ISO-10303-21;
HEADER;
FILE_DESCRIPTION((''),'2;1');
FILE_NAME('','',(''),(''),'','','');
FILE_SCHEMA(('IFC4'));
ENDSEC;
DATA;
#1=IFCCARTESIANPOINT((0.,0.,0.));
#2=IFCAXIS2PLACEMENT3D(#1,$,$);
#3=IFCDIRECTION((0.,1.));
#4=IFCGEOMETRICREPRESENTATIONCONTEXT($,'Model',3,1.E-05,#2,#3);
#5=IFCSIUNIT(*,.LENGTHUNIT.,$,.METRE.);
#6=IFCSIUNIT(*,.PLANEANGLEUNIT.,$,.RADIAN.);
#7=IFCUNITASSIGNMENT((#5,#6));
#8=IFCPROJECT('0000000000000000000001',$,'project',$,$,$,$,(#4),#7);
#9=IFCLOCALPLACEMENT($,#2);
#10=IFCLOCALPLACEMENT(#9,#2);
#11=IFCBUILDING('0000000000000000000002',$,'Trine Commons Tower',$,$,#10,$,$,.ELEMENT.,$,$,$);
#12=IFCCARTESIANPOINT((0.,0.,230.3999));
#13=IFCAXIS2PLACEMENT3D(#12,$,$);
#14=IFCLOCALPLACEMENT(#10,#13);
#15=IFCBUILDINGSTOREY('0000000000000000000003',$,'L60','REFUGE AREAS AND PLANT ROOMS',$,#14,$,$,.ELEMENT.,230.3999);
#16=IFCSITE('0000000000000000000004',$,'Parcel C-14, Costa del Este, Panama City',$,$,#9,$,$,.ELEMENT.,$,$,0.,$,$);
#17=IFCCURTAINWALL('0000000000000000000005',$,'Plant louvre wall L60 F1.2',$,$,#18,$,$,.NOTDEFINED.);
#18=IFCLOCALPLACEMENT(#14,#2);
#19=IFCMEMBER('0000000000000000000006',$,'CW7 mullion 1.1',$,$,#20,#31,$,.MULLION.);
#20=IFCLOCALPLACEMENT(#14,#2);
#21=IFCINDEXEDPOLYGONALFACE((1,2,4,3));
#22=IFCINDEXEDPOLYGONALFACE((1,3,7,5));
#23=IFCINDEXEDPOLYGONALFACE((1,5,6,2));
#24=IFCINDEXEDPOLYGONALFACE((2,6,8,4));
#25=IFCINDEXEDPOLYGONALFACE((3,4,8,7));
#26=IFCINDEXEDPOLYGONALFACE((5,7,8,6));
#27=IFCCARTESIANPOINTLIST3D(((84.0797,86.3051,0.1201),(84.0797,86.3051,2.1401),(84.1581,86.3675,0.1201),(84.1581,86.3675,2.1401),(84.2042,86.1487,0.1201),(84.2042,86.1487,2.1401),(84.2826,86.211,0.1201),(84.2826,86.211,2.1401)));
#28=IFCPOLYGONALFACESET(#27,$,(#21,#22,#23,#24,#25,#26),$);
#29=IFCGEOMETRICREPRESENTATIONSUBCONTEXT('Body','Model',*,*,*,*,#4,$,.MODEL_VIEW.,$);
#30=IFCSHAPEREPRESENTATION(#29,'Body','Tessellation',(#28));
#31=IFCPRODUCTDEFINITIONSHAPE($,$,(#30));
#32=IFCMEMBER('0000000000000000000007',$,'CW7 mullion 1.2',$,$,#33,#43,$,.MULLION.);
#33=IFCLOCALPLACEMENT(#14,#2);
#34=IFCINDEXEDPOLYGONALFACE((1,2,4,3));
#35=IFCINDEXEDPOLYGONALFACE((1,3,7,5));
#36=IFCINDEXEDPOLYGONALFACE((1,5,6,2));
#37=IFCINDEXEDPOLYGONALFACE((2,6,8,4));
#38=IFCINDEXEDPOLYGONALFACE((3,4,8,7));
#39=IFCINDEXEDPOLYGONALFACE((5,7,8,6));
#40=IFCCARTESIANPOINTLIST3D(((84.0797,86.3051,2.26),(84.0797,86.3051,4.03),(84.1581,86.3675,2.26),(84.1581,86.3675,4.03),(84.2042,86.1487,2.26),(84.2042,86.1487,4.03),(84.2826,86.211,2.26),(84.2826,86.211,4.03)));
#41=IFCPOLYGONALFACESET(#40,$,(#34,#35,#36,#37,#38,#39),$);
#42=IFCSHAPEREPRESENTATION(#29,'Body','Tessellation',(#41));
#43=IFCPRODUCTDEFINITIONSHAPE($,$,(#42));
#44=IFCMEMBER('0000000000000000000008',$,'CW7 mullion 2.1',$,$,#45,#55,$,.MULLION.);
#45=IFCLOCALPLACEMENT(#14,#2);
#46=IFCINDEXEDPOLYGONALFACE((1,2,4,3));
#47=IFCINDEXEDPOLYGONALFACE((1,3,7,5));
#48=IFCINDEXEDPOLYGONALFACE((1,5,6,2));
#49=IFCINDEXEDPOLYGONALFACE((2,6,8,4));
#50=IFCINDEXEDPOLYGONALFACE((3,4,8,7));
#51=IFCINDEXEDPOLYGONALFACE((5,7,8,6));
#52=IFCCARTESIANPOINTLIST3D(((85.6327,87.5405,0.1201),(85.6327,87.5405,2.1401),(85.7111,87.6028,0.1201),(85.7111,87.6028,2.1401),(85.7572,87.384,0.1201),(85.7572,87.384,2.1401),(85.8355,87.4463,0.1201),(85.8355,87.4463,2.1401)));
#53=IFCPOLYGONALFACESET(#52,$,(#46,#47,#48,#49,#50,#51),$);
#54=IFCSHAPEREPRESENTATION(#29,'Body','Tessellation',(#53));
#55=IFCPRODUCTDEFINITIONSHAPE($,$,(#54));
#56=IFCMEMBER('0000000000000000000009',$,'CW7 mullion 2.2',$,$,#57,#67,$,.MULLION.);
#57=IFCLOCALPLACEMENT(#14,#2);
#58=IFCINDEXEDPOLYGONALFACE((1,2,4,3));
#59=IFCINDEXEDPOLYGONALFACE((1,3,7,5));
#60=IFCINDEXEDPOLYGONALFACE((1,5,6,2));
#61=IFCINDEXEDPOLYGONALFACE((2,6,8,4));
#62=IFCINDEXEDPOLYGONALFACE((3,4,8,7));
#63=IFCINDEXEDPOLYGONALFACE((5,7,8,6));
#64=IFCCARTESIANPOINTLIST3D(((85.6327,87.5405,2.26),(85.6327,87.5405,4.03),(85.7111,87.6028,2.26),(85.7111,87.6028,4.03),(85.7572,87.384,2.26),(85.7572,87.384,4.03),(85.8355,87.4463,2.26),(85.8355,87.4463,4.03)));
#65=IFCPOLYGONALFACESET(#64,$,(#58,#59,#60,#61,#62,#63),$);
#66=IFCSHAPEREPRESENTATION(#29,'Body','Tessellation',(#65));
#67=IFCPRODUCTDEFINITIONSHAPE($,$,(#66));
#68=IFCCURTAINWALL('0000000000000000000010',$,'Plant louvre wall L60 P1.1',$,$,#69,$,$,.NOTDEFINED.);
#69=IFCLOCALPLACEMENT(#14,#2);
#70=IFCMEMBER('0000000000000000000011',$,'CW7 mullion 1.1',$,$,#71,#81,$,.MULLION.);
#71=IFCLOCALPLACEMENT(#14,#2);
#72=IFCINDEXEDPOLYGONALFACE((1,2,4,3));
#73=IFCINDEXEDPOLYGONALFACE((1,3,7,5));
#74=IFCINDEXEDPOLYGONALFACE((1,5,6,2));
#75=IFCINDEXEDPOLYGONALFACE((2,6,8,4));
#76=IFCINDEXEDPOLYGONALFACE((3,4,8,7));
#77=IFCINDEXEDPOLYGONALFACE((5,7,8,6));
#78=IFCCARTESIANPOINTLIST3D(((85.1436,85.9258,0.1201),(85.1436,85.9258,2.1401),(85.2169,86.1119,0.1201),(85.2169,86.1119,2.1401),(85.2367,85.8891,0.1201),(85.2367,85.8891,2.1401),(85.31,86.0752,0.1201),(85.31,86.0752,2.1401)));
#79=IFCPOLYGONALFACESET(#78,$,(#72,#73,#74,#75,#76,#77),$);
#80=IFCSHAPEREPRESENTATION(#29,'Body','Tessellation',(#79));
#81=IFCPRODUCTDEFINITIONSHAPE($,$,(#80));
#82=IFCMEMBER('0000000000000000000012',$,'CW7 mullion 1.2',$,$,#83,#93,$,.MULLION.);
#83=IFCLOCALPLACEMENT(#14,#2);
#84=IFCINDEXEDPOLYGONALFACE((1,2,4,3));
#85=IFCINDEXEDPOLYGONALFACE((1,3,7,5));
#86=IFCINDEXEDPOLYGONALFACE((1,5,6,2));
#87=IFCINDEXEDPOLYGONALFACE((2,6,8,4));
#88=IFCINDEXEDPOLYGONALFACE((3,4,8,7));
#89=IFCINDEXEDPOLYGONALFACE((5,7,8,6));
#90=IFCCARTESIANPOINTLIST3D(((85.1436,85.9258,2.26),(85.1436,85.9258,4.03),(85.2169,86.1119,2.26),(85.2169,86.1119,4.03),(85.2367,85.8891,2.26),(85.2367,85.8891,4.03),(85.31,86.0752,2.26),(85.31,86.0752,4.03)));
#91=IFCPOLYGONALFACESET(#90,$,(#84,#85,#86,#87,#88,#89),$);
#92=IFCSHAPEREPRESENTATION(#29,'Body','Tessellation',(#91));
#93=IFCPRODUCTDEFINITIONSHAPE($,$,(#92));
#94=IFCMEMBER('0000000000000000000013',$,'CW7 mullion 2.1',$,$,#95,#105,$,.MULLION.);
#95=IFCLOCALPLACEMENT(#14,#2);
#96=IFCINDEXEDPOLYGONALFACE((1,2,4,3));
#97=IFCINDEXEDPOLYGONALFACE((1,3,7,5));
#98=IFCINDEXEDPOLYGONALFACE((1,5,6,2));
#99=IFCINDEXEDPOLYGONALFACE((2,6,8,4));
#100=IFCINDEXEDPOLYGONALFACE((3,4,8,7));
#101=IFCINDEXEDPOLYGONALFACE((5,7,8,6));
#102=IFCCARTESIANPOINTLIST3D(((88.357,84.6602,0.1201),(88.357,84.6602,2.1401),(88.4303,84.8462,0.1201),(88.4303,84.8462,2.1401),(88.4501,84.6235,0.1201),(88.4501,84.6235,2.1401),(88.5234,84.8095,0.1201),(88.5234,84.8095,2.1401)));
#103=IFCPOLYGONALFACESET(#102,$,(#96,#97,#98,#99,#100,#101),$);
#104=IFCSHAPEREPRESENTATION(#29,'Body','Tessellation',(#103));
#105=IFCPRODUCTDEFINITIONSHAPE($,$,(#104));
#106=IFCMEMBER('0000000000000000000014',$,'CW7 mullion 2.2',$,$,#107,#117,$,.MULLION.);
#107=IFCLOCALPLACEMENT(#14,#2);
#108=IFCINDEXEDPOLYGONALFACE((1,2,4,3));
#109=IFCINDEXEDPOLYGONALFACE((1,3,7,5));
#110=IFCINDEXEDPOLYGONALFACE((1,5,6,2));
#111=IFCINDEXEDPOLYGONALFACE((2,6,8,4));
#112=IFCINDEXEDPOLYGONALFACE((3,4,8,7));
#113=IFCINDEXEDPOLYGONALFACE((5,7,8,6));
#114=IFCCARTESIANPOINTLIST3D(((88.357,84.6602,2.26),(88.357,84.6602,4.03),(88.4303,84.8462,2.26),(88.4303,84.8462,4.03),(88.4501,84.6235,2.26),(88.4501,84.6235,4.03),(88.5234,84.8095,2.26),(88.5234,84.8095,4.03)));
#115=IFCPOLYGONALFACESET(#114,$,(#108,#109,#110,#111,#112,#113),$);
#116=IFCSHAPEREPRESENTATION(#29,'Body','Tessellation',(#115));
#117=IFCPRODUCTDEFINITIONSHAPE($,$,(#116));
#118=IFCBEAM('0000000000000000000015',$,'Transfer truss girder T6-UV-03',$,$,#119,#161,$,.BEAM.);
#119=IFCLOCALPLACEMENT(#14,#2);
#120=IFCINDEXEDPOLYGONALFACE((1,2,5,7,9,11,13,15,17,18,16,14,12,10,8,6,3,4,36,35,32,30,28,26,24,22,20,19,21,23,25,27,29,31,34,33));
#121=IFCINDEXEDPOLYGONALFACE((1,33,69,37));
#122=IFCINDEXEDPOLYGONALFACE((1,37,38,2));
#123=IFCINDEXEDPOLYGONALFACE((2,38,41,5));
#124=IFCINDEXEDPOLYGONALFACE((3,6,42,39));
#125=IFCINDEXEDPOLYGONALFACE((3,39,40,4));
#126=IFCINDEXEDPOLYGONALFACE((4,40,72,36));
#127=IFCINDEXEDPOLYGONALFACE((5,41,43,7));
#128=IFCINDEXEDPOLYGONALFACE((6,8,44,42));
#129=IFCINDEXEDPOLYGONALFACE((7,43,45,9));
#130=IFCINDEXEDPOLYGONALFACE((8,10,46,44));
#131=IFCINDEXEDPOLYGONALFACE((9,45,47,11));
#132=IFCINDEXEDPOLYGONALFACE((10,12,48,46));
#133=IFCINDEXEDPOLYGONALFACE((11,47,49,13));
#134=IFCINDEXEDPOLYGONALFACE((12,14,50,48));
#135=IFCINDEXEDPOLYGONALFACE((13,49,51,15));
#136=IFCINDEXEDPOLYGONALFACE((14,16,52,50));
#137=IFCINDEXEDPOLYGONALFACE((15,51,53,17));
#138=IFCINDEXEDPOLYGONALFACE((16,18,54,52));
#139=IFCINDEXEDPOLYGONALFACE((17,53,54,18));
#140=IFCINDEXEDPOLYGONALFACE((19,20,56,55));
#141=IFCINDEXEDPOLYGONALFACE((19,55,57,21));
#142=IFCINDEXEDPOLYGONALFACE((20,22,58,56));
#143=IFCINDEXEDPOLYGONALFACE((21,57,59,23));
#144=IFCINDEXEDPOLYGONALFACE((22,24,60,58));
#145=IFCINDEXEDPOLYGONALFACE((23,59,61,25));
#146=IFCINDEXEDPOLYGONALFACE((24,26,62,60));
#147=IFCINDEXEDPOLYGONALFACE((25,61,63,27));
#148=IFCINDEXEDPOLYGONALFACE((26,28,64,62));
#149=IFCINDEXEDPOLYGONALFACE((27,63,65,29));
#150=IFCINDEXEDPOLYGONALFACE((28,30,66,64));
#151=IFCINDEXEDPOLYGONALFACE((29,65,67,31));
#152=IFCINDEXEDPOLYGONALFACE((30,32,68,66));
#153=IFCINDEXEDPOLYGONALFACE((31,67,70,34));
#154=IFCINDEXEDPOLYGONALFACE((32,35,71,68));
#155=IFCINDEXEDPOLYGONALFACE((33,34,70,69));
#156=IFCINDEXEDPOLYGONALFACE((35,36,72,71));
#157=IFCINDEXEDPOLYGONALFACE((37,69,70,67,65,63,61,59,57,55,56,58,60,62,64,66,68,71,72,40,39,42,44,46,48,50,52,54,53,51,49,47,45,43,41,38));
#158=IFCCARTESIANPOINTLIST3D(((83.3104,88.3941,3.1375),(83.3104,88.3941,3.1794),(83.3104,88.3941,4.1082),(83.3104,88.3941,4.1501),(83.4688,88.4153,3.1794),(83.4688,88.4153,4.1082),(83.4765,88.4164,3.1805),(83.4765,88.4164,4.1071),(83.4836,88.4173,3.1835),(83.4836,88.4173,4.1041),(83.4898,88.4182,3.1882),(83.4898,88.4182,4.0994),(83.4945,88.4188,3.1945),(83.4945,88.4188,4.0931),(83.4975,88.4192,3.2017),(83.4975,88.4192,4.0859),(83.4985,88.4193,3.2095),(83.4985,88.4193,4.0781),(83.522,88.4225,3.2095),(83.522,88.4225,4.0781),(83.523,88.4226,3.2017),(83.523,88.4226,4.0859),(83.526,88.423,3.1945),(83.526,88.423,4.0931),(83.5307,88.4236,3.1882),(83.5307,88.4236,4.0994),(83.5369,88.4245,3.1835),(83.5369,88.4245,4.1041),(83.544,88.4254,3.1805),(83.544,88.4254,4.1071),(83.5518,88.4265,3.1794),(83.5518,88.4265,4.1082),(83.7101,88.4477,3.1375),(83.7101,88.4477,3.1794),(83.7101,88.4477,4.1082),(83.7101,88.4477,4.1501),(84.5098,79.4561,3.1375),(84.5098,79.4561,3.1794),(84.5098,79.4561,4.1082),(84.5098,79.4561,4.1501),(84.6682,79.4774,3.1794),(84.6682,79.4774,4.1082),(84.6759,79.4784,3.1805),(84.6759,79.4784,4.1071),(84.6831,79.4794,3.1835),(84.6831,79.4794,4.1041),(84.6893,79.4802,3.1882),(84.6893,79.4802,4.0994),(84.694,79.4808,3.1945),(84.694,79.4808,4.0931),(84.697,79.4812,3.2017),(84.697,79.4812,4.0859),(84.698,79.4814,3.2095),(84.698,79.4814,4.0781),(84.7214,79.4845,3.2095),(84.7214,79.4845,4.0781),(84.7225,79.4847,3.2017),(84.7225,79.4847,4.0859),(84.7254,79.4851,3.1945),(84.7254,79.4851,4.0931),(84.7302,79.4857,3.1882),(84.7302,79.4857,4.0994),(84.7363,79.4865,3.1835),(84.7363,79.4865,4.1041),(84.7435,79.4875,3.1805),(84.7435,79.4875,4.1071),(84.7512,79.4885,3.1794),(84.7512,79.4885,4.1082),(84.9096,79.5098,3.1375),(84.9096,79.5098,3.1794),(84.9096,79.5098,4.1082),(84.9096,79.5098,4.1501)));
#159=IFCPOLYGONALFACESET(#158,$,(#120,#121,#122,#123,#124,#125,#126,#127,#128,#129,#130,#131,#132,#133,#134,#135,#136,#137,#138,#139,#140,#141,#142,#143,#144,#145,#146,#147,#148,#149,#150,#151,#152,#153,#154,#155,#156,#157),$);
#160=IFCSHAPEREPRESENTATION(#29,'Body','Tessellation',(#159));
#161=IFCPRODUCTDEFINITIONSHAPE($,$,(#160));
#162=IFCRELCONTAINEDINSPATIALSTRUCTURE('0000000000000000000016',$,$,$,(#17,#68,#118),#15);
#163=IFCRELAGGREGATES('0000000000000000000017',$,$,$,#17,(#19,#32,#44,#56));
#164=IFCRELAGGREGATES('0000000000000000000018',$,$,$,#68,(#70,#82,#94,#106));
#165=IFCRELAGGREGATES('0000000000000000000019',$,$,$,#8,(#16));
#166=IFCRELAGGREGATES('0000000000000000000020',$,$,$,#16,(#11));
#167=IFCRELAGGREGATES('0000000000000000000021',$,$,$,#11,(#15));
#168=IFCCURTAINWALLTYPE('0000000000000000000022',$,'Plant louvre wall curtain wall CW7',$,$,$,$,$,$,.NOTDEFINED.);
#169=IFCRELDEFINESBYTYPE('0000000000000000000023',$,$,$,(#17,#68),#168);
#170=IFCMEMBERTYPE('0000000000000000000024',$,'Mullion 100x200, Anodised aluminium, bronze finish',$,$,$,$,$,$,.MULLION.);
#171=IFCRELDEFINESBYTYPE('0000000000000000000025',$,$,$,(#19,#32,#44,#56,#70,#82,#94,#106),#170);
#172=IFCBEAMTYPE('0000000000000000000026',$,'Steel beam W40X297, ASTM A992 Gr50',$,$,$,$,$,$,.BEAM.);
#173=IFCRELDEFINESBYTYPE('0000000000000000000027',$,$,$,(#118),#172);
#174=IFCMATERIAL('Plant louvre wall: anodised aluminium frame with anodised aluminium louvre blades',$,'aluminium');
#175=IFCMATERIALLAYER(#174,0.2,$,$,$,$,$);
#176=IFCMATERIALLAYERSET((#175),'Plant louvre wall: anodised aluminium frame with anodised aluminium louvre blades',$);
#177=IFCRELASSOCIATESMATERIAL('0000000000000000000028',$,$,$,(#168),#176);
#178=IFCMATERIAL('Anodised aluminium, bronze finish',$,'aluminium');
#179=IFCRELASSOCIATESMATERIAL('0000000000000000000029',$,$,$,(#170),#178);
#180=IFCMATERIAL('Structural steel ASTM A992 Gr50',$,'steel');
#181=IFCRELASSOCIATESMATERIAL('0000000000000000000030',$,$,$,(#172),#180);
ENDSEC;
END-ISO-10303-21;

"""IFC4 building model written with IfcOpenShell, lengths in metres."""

from ifc_helpers import new_model, si_unit, direction, frame, origin, origin_2d, place, context, subcontext, project, spatial, rectangle, i_section, extrude, material, layer, layer_set, material_profile, profile_set, type_object, element, aggregate, save


model = new_model("IFC4")

# Units and contexts
model_context = context("Model", 3, precision=1e-05, world=origin(), true_north=direction((0.0, 1.0)))
body_context = subcontext(model_context, "Body", "Model", "MODEL_VIEW")
ifc_project = project(units=[si_unit("LENGTHUNIT", "METRE"), si_unit("PLANEANGLEUNIT", "RADIAN")], contexts=[model_context])

# Site, building, storey
site_placement = place(None, origin())
site = spatial("IfcSite", under=ifc_project, at=site_placement, Name="Parcel C-14, Costa del Este, Panama City", CompositionType="ELEMENT", RefElevation=0.0)
building_placement = place(site_placement, origin())
building = spatial("IfcBuilding", under=site, at=building_placement, Name="Trine Commons Tower", CompositionType="ELEMENT")
storey_placement = place(building_placement, frame((0.0, 0.0, 230.3999)))
storey = spatial("IfcBuildingStorey", under=building, at=storey_placement, Name="L60", Description="REFUGE AREAS AND PLANT ROOMS", CompositionType="ELEMENT", Elevation=230.3999)

# Curtain walls, members
ifc_material_1 = material(Name="Plant louvre wall: anodised aluminium frame with anodised aluminium louvre blades", Category="aluminium")
ifc_layer_1 = layer(ifc_material_1, 0.2)
ifc_layer_set_1 = layer_set([ifc_layer_1], Name="Plant louvre wall: anodised aluminium frame with anodised aluminium louvre blades")
curtain_wall_type = type_object("IfcCurtainWallType", Name="Plant louvre wall curtain wall CW7", PredefinedType="NOTDEFINED", material=ifc_layer_set_1)
curtain_wall_1_placement = place(storey_placement, origin())
curtain_wall_1 = element("IfcCurtainWall", 1, at=curtain_wall_1_placement, inside=storey, type_object=curtain_wall_type, Name="Plant louvre wall L60 F1.2", PredefinedType="NOTDEFINED")
ifc_material_2 = material(Name="Anodised aluminium, bronze finish", Category="aluminium")
ifc_material_profile_1 = material_profile(ifc_material_2, rectangle(XDim=0.2, YDim=0.1001, at=origin_2d()), Name="Mullion 100x200")
ifc_profile_set_1 = profile_set([ifc_material_profile_1], Name="Anodised aluminium, bronze finish")
member_type_1 = type_object("IfcMemberType", Name="Mullion 100x200, Anodised aluminium, bronze finish", PredefinedType="MULLION", material=ifc_profile_set_1)
member_1_placement = place(storey_placement, frame((84.1812, 86.2581, 0.1201), z_axis=(0.0, 0.0, 1.0), x_axis=(-0.622515, 0.782608, 0.0)))
member_1 = element("IfcMember", 2, at=member_1_placement, type_object=member_type_1, Name="CW7 mullion 1.1", PredefinedType="MULLION", context=body_context, shape_type="SweptSolid", body=[
    extrude(rectangle(XDim=0.2, YDim=0.1001, at=origin_2d()), origin(), (0.0, 0.0, 1.0), 2.02),
])
member_2_placement = place(storey_placement, frame((84.1812, 86.2581, 2.26), z_axis=(0.0, 0.0, 1.0), x_axis=(-0.622515, 0.782608, 0.0)))
member_2 = element("IfcMember", 3, at=member_2_placement, type_object=member_type_1, Name="CW7 mullion 1.2", PredefinedType="MULLION", context=body_context, shape_type="SweptSolid", body=[
    extrude(rectangle(XDim=0.2, YDim=0.1001, at=origin_2d()), origin(), (0.0, 0.0, 1.0), 1.77),
])
member_3_placement = place(storey_placement, frame((85.7341, 87.4934, 0.1201), z_axis=(0.0, 0.0, 1.0), x_axis=(-0.622515, 0.782608, 0.0)))
member_3 = element("IfcMember", 4, at=member_3_placement, type_object=member_type_1, Name="CW7 mullion 2.1", PredefinedType="MULLION", context=body_context, shape_type="SweptSolid", body=[
    extrude(rectangle(XDim=0.2, YDim=0.1001, at=origin_2d()), origin(), (0.0, 0.0, 1.0), 2.02),
])
member_4_placement = place(storey_placement, frame((85.7341, 87.4934, 2.26), z_axis=(0.0, 0.0, 1.0), x_axis=(-0.622515, 0.782608, 0.0)))
member_4 = element("IfcMember", 5, at=member_4_placement, type_object=member_type_1, Name="CW7 mullion 2.2", PredefinedType="MULLION", context=body_context, shape_type="SweptSolid", body=[
    extrude(rectangle(XDim=0.2, YDim=0.1001, at=origin_2d()), origin(), (0.0, 0.0, 1.0), 1.77),
])
curtain_wall_2_placement = place(storey_placement, origin())
curtain_wall_2 = element("IfcCurtainWall", 6, at=curtain_wall_2_placement, inside=storey, type_object=curtain_wall_type, Name="Plant louvre wall L60 P1.1", PredefinedType="NOTDEFINED")
member_5_placement = place(storey_placement, frame((85.2268, 86.0005, 0.1201), z_axis=(0.0, 0.0, 1.0), x_axis=(0.366501, 0.930418, 0.0)))
member_5 = element("IfcMember", 7, at=member_5_placement, type_object=member_type_1, Name="CW7 mullion 1.1", PredefinedType="MULLION", context=body_context, shape_type="SweptSolid", body=[
    extrude(rectangle(XDim=0.2, YDim=0.1001, at=origin_2d()), origin(), (0.0, 0.0, 1.0), 2.02),
])
member_6_placement = place(storey_placement, frame((85.2268, 86.0005, 2.26), z_axis=(0.0, 0.0, 1.0), x_axis=(0.366501, 0.930418, 0.0)))
member_6 = element("IfcMember", 8, at=member_6_placement, type_object=member_type_1, Name="CW7 mullion 1.2", PredefinedType="MULLION", context=body_context, shape_type="SweptSolid", body=[
    extrude(rectangle(XDim=0.2, YDim=0.1001, at=origin_2d()), origin(), (0.0, 0.0, 1.0), 1.77),
])
member_7_placement = place(storey_placement, frame((88.4402, 84.7349, 0.1201), z_axis=(0.0, 0.0, 1.0), x_axis=(0.366501, 0.930418, 0.0)))
member_7 = element("IfcMember", 9, at=member_7_placement, type_object=member_type_1, Name="CW7 mullion 2.1", PredefinedType="MULLION", context=body_context, shape_type="SweptSolid", body=[
    extrude(rectangle(XDim=0.2, YDim=0.1001, at=origin_2d()), origin(), (0.0, 0.0, 1.0), 2.02),
])
member_8_placement = place(storey_placement, frame((88.4402, 84.7349, 2.26), z_axis=(0.0, 0.0, 1.0), x_axis=(0.366501, 0.930418, 0.0)))
member_8 = element("IfcMember", 10, at=member_8_placement, type_object=member_type_1, Name="CW7 mullion 2.2", PredefinedType="MULLION", context=body_context, shape_type="SweptSolid", body=[
    extrude(rectangle(XDim=0.2, YDim=0.1001, at=origin_2d()), origin(), (0.0, 0.0, 1.0), 1.77),
])

# Beam
ifc_material_3 = material(Name="Structural steel ASTM A992 Gr50", Category="steel")
ifc_material_profile_2 = material_profile(ifc_material_3, i_section(OverallWidth=0.4033, OverallDepth=1.0127, WebThickness=0.0237, FlangeThickness=0.042, FilletRadius=0.03, at=origin_2d()), Name="W40X297")
ifc_profile_set_2 = profile_set([ifc_material_profile_2], Name="Structural steel ASTM A992 Gr50")
beam_type = type_object("IfcBeamType", Name="Steel beam W40X297, ASTM A992 Gr50", PredefinedType="BEAM", material=ifc_profile_set_2)
beam_placement = place(storey_placement, frame((83.5103, 88.4209, 3.6438), z_axis=(0.133006, -0.991115, 0.0), x_axis=(0.991115, 0.133006, 0.0)))
element("IfcBeam", 11, at=beam_placement, inside=storey, type_object=beam_type, Name="Transfer truss girder T6-UV-03", PredefinedType="BEAM", context=body_context, shape_type="SweptSolid", body=[
    extrude(i_section(OverallWidth=0.4033, OverallDepth=1.0127, WebThickness=0.0237, FlangeThickness=0.042, FilletRadius=0.03, at=origin_2d()), origin(), (0.0, 0.0, 1.0), 9.0181),
])

aggregate(curtain_wall_1, [member_1, member_2, member_3, member_4])
aggregate(curtain_wall_2, [member_5, member_6, member_7, member_8])

save(model, "model.ifc")
